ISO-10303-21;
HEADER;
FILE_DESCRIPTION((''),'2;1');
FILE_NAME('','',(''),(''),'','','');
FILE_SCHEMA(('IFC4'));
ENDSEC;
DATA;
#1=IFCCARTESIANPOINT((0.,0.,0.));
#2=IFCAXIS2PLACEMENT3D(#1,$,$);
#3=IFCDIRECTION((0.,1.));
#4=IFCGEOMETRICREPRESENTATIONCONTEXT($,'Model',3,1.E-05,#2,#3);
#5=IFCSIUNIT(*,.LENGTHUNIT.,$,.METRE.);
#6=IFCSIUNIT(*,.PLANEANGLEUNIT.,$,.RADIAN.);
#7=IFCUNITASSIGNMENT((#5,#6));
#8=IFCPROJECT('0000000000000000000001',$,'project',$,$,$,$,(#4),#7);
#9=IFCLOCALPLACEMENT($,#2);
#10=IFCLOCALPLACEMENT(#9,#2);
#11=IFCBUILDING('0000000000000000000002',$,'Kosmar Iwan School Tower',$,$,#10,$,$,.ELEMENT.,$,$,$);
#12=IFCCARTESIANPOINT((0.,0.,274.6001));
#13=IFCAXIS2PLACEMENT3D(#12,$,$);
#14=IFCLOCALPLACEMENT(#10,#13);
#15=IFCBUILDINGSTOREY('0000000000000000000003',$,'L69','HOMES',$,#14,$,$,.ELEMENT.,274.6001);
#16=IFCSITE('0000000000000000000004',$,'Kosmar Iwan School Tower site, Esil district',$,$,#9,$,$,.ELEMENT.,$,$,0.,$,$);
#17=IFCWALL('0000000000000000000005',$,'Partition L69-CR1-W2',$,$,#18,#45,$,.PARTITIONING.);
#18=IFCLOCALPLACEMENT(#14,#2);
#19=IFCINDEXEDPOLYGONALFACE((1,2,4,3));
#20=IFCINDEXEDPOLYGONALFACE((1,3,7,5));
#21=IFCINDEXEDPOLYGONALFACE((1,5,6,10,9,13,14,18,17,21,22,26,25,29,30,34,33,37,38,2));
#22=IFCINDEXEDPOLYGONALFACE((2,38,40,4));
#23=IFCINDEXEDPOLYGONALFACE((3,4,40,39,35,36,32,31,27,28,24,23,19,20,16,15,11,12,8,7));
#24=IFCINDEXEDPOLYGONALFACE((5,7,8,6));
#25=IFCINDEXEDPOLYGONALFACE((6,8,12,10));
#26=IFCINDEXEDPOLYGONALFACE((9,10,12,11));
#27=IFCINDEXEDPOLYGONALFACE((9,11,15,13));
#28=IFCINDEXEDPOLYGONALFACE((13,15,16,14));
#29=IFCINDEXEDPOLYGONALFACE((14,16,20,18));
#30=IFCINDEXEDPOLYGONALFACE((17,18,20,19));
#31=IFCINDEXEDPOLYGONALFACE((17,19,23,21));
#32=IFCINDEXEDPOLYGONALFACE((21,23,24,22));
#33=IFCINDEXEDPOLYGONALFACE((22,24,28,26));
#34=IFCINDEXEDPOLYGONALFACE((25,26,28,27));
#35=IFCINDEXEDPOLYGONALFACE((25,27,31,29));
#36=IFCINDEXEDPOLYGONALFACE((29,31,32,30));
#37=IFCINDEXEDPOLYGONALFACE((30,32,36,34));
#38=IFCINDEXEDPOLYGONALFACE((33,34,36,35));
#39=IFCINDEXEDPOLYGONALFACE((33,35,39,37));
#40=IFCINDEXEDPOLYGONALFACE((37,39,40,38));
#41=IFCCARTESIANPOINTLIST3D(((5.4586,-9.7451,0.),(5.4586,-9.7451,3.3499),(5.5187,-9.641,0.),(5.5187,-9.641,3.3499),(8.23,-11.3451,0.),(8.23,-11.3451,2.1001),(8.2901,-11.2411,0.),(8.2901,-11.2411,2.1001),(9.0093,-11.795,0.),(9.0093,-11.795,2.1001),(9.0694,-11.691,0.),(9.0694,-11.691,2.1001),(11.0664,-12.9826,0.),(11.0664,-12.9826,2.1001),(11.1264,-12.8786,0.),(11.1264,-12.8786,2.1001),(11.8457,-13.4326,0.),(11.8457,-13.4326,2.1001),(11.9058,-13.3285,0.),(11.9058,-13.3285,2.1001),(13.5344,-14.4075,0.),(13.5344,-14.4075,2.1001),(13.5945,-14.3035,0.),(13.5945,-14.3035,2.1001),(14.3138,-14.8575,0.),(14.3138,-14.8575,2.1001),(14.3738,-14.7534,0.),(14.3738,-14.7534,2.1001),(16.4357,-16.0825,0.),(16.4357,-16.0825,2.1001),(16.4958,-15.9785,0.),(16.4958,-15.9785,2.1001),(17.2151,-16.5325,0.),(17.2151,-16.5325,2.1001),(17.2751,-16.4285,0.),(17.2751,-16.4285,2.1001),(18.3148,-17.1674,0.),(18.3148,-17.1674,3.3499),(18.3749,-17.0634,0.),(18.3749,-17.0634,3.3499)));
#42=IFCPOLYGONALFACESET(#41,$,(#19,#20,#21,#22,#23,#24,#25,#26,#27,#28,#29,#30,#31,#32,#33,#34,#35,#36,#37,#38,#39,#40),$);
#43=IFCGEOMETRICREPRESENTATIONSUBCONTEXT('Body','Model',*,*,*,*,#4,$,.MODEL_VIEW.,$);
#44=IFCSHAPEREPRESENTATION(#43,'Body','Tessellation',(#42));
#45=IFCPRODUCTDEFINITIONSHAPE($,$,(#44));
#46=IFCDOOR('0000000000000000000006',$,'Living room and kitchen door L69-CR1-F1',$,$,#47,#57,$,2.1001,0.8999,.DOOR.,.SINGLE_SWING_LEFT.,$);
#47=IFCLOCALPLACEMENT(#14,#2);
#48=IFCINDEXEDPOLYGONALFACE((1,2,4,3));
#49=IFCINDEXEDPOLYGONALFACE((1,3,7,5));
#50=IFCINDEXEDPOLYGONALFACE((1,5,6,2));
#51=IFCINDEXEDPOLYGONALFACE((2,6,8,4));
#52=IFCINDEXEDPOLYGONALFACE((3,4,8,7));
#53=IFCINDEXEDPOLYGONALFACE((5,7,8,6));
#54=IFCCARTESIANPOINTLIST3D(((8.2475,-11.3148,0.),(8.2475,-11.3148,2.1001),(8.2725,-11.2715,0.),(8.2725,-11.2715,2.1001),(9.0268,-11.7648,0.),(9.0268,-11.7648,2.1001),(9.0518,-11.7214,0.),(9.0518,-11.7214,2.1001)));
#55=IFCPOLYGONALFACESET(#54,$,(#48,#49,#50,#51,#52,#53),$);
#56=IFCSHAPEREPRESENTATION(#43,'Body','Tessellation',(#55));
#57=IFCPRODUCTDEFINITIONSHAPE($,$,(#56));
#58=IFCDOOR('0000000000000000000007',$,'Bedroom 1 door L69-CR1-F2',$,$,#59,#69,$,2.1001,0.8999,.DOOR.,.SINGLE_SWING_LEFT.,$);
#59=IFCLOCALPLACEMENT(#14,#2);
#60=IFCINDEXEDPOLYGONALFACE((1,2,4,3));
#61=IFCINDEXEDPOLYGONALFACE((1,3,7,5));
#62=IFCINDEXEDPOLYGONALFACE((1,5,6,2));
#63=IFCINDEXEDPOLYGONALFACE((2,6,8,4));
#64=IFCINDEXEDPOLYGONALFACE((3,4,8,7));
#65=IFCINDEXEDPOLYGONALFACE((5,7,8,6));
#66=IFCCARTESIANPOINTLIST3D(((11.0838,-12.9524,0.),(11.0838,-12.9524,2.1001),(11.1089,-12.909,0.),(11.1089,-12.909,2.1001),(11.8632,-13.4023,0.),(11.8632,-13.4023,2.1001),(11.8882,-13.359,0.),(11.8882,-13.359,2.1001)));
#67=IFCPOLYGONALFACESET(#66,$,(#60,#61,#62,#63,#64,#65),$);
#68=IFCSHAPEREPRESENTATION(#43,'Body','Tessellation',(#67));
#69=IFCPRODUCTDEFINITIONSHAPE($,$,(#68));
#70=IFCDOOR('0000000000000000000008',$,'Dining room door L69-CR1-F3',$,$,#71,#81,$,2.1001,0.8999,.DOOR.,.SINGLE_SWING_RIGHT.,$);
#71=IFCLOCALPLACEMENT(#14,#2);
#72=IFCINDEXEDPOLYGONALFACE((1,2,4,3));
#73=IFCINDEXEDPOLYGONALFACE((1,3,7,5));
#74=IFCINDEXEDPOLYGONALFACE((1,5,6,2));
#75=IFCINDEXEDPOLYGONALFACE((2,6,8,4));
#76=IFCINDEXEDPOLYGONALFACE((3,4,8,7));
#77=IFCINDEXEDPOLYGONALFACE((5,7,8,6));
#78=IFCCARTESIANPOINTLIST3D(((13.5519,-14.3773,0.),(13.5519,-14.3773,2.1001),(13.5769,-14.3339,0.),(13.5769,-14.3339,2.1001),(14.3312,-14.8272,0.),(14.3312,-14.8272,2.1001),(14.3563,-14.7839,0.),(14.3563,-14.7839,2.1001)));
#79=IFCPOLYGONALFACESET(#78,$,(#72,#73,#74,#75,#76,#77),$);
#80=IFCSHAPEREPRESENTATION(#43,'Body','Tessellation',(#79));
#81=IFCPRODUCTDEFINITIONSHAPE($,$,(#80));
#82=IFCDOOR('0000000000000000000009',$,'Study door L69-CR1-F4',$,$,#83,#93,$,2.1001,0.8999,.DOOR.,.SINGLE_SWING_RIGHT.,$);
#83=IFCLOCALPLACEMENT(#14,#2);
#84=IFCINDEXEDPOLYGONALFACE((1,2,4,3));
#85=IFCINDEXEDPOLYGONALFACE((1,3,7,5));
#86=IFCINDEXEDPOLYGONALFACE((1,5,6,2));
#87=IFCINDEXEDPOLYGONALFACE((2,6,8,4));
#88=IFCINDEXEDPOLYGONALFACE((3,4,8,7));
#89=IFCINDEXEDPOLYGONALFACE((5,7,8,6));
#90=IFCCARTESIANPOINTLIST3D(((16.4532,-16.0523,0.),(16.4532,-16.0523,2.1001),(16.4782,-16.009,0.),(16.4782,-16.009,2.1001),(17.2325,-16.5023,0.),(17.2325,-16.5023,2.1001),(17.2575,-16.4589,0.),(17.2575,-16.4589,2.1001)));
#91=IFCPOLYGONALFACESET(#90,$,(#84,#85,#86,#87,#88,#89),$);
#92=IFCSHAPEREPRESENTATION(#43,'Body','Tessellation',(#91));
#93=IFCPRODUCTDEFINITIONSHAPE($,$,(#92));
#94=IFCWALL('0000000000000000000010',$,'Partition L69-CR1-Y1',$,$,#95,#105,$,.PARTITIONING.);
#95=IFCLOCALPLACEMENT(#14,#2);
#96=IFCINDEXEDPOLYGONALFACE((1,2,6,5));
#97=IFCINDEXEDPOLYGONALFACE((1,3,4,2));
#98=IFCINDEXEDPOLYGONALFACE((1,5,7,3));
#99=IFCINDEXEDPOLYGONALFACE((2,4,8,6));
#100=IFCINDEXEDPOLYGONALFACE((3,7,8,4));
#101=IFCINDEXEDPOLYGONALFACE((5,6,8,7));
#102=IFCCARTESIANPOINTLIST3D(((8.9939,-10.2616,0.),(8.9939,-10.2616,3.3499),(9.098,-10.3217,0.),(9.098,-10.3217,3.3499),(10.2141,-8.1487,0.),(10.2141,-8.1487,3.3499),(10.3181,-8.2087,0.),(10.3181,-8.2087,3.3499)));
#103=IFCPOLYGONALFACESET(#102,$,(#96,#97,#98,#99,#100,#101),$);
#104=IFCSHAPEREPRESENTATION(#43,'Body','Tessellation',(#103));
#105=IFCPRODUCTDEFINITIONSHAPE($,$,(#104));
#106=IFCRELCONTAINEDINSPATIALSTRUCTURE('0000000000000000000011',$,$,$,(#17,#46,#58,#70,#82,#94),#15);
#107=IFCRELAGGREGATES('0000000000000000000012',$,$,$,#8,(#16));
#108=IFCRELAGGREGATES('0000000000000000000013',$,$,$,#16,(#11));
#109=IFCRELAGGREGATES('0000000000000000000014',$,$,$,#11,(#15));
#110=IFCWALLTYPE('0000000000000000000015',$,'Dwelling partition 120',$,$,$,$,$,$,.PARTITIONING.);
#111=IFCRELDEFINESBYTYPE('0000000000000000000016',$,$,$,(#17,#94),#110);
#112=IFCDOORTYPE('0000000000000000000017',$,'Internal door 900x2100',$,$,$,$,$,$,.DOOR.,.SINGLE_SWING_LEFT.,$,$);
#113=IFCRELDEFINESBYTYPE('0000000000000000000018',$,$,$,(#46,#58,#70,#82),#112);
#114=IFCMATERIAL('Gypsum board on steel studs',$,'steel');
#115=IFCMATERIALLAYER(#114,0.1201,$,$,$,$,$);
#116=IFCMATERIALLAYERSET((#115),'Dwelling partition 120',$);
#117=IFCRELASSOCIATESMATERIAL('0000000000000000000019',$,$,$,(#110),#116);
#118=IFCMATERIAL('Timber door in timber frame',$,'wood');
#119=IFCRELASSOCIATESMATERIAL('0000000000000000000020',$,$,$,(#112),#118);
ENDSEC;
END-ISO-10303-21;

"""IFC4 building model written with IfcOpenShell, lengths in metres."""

from ifc_helpers import new_model, si_unit, direction, frame, frame_2d, origin, place, context, subcontext, project, spatial, rectangle, extrude, material, layer, layer_set, type_object, element, fill, save


model = new_model("IFC4")

# Units and contexts
model_context = context("Model", 3, precision=1e-05, world=origin(), true_north=direction((0.0, 1.0)))
body_context = subcontext(model_context, "Body", "Model", "MODEL_VIEW")
ifc_project = project(units=[si_unit("LENGTHUNIT", "METRE"), si_unit("PLANEANGLEUNIT", "RADIAN")], contexts=[model_context])

# Site, building, storey
site_placement = place(None, origin())
site = spatial("IfcSite", under=ifc_project, at=site_placement, Name="Kosmar Iwan School Tower site, Esil district", CompositionType="ELEMENT", RefElevation=0.0)
building_placement = place(site_placement, origin())
building = spatial("IfcBuilding", under=site, at=building_placement, Name="Kosmar Iwan School Tower", CompositionType="ELEMENT")
storey_placement = place(building_placement, frame((0.0, 0.0, 274.6001)))
storey = spatial("IfcBuildingStorey", under=building, at=storey_placement, Name="L69", Description="HOMES", CompositionType="ELEMENT", Elevation=274.6001)

# Shared definitions
ifc_material_1 = material(Name="Gypsum board on steel studs", Category="steel")
ifc_layer_1 = layer(ifc_material_1, 0.1201)
ifc_layer_set_1 = layer_set([ifc_layer_1], Name="Dwelling partition 120")
wall_type_1 = type_object("IfcWallType", Name="Dwelling partition 120", PredefinedType="PARTITIONING", material=ifc_layer_set_1)

# Wall, openings, doors
ifc_material_2 = material(Name="Timber door in timber frame", Category="wood")
door_type_1 = type_object("IfcDoorType", Name="Internal door 900x2100", OperationType="SINGLE_SWING_LEFT", PredefinedType="DOOR", material=ifc_material_2)
wall_1_placement = place(storey_placement, frame((5.4888, -9.6931, 0.0), z_axis=(0.0, 0.0, 1.0), x_axis=(0.86603, -0.499992, 0.0)))
wall_1 = element("IfcWall", 1, at=wall_1_placement, inside=storey, type_object=wall_type_1, Name="Partition L69-CR1-W2", PredefinedType="PARTITIONING", context=body_context, shape_type="SweptSolid", body=[
    extrude(rectangle(XDim=14.845, YDim=0.1201, at=frame_2d((7.4224, 0.0))), origin(), (0.0, 0.0, 1.0), 3.3499),
])
opening_1_placement = place(wall_1_placement, frame((3.2, 0.0, 0.0)))
opening_1 = element("IfcOpeningElement", 2, at=opening_1_placement, cuts=wall_1, PredefinedType="OPENING", context=body_context, shape_type="SweptSolid", body=[
    extrude(rectangle(XDim=0.8999, YDim=2.1001, at=frame_2d((0.45, 1.05))), frame((0.0, 0.072, 0.0), z_axis=(0.0, -1.0, 0.0), x_axis=(1.0, 0.0, 0.0)), (0.0, 0.0, 1.0), 0.144),
])
opening_2_placement = place(wall_1_placement, frame((6.4751, 0.0, 0.0)))
opening_2 = element("IfcOpeningElement", 3, at=opening_2_placement, cuts=wall_1, PredefinedType="OPENING", context=body_context, shape_type="SweptSolid", body=[
    extrude(rectangle(XDim=0.8999, YDim=2.1001, at=frame_2d((0.45, 1.05))), frame((0.0, 0.072, 0.0), z_axis=(0.0, -1.0, 0.0), x_axis=(1.0, 0.0, 0.0)), (0.0, 0.0, 1.0), 0.144),
])
opening_3_placement = place(wall_1_placement, frame((9.325, 0.0, 0.0)))
opening_3 = element("IfcOpeningElement", 4, at=opening_3_placement, cuts=wall_1, PredefinedType="OPENING", context=body_context, shape_type="SweptSolid", body=[
    extrude(rectangle(XDim=0.8999, YDim=2.1001, at=frame_2d((0.45, 1.05))), frame((0.0, 0.072, 0.0), z_axis=(0.0, -1.0, 0.0), x_axis=(1.0, 0.0, 0.0)), (0.0, 0.0, 1.0), 0.144),
])
opening_4_placement = place(wall_1_placement, frame((12.675, 0.0, 0.0)))
opening_4 = element("IfcOpeningElement", 5, at=opening_4_placement, cuts=wall_1, PredefinedType="OPENING", context=body_context, shape_type="SweptSolid", body=[
    extrude(rectangle(XDim=0.8999, YDim=2.1001, at=frame_2d((0.45, 1.05))), frame((0.0, 0.072, 0.0), z_axis=(0.0, -1.0, 0.0), x_axis=(1.0, 0.0, 0.0)), (0.0, 0.0, 1.0), 0.144),
])
door_1_placement = place(opening_1_placement, origin())
door_1 = element("IfcDoor", 6, at=door_1_placement, inside=storey, type_object=door_type_1, Name="Living room and kitchen door L69-CR1-F1", OperationType="SINGLE_SWING_LEFT", OverallHeight=2.1001, OverallWidth=0.8999, PredefinedType="DOOR", context=body_context, shape_type="SweptSolid", body=[
    extrude(rectangle(XDim=0.8999, YDim=2.1001, at=frame_2d((0.45, 1.05))), frame((0.0, 0.0249, 0.0), z_axis=(0.0, -1.0, 0.0), x_axis=(1.0, 0.0, 0.0)), (0.0, 0.0, 1.0), 0.05),
])
fill(opening_1, door_1)
door_2_placement = place(opening_2_placement, origin())
door_2 = element("IfcDoor", 7, at=door_2_placement, inside=storey, type_object=door_type_1, Name="Bedroom 1 door L69-CR1-F2", OperationType="SINGLE_SWING_LEFT", OverallHeight=2.1001, OverallWidth=0.8999, PredefinedType="DOOR", context=body_context, shape_type="SweptSolid", body=[
    extrude(rectangle(XDim=0.8999, YDim=2.1001, at=frame_2d((0.45, 1.05))), frame((0.0, 0.0249, 0.0), z_axis=(0.0, -1.0, 0.0), x_axis=(1.0, 0.0, 0.0)), (0.0, 0.0, 1.0), 0.05),
])
fill(opening_2, door_2)
door_3_placement = place(opening_3_placement, origin())
door_3 = element("IfcDoor", 8, at=door_3_placement, inside=storey, type_object=door_type_1, Name="Dining room door L69-CR1-F3", OperationType="SINGLE_SWING_RIGHT", OverallHeight=2.1001, OverallWidth=0.8999, PredefinedType="DOOR", context=body_context, shape_type="SweptSolid", body=[
    extrude(rectangle(XDim=0.8999, YDim=2.1001, at=frame_2d((0.45, 1.05))), frame((0.0, 0.0249, 0.0), z_axis=(0.0, -1.0, 0.0), x_axis=(1.0, 0.0, 0.0)), (0.0, 0.0, 1.0), 0.05),
])
fill(opening_3, door_3)
door_4_placement = place(opening_4_placement, origin())
door_4 = element("IfcDoor", 9, at=door_4_placement, inside=storey, type_object=door_type_1, Name="Study door L69-CR1-F4", OperationType="SINGLE_SWING_RIGHT", OverallHeight=2.1001, OverallWidth=0.8999, PredefinedType="DOOR", context=body_context, shape_type="SweptSolid", body=[
    extrude(rectangle(XDim=0.8999, YDim=2.1001, at=frame_2d((0.45, 1.05))), frame((0.0, 0.0249, 0.0), z_axis=(0.0, -1.0, 0.0), x_axis=(1.0, 0.0, 0.0)), (0.0, 0.0, 1.0), 0.05),
])
fill(opening_4, door_4)

# Wall
wall_2_placement = place(storey_placement, frame((10.2661, -8.1787, 0.0), z_axis=(0.0, 0.0, 1.0), x_axis=(-0.500078, -0.865981, 0.0)))
element("IfcWall", 10, at=wall_2_placement, inside=storey, type_object=wall_type_1, Name="Partition L69-CR1-Y1", PredefinedType="PARTITIONING", context=body_context, shape_type="SweptSolid", body=[
    extrude(rectangle(XDim=2.4399, YDim=0.1201, at=frame_2d((1.22, 0.0))), origin(), (0.0, 0.0, 1.0), 3.3499),
])

save(model, "model.ifc")
